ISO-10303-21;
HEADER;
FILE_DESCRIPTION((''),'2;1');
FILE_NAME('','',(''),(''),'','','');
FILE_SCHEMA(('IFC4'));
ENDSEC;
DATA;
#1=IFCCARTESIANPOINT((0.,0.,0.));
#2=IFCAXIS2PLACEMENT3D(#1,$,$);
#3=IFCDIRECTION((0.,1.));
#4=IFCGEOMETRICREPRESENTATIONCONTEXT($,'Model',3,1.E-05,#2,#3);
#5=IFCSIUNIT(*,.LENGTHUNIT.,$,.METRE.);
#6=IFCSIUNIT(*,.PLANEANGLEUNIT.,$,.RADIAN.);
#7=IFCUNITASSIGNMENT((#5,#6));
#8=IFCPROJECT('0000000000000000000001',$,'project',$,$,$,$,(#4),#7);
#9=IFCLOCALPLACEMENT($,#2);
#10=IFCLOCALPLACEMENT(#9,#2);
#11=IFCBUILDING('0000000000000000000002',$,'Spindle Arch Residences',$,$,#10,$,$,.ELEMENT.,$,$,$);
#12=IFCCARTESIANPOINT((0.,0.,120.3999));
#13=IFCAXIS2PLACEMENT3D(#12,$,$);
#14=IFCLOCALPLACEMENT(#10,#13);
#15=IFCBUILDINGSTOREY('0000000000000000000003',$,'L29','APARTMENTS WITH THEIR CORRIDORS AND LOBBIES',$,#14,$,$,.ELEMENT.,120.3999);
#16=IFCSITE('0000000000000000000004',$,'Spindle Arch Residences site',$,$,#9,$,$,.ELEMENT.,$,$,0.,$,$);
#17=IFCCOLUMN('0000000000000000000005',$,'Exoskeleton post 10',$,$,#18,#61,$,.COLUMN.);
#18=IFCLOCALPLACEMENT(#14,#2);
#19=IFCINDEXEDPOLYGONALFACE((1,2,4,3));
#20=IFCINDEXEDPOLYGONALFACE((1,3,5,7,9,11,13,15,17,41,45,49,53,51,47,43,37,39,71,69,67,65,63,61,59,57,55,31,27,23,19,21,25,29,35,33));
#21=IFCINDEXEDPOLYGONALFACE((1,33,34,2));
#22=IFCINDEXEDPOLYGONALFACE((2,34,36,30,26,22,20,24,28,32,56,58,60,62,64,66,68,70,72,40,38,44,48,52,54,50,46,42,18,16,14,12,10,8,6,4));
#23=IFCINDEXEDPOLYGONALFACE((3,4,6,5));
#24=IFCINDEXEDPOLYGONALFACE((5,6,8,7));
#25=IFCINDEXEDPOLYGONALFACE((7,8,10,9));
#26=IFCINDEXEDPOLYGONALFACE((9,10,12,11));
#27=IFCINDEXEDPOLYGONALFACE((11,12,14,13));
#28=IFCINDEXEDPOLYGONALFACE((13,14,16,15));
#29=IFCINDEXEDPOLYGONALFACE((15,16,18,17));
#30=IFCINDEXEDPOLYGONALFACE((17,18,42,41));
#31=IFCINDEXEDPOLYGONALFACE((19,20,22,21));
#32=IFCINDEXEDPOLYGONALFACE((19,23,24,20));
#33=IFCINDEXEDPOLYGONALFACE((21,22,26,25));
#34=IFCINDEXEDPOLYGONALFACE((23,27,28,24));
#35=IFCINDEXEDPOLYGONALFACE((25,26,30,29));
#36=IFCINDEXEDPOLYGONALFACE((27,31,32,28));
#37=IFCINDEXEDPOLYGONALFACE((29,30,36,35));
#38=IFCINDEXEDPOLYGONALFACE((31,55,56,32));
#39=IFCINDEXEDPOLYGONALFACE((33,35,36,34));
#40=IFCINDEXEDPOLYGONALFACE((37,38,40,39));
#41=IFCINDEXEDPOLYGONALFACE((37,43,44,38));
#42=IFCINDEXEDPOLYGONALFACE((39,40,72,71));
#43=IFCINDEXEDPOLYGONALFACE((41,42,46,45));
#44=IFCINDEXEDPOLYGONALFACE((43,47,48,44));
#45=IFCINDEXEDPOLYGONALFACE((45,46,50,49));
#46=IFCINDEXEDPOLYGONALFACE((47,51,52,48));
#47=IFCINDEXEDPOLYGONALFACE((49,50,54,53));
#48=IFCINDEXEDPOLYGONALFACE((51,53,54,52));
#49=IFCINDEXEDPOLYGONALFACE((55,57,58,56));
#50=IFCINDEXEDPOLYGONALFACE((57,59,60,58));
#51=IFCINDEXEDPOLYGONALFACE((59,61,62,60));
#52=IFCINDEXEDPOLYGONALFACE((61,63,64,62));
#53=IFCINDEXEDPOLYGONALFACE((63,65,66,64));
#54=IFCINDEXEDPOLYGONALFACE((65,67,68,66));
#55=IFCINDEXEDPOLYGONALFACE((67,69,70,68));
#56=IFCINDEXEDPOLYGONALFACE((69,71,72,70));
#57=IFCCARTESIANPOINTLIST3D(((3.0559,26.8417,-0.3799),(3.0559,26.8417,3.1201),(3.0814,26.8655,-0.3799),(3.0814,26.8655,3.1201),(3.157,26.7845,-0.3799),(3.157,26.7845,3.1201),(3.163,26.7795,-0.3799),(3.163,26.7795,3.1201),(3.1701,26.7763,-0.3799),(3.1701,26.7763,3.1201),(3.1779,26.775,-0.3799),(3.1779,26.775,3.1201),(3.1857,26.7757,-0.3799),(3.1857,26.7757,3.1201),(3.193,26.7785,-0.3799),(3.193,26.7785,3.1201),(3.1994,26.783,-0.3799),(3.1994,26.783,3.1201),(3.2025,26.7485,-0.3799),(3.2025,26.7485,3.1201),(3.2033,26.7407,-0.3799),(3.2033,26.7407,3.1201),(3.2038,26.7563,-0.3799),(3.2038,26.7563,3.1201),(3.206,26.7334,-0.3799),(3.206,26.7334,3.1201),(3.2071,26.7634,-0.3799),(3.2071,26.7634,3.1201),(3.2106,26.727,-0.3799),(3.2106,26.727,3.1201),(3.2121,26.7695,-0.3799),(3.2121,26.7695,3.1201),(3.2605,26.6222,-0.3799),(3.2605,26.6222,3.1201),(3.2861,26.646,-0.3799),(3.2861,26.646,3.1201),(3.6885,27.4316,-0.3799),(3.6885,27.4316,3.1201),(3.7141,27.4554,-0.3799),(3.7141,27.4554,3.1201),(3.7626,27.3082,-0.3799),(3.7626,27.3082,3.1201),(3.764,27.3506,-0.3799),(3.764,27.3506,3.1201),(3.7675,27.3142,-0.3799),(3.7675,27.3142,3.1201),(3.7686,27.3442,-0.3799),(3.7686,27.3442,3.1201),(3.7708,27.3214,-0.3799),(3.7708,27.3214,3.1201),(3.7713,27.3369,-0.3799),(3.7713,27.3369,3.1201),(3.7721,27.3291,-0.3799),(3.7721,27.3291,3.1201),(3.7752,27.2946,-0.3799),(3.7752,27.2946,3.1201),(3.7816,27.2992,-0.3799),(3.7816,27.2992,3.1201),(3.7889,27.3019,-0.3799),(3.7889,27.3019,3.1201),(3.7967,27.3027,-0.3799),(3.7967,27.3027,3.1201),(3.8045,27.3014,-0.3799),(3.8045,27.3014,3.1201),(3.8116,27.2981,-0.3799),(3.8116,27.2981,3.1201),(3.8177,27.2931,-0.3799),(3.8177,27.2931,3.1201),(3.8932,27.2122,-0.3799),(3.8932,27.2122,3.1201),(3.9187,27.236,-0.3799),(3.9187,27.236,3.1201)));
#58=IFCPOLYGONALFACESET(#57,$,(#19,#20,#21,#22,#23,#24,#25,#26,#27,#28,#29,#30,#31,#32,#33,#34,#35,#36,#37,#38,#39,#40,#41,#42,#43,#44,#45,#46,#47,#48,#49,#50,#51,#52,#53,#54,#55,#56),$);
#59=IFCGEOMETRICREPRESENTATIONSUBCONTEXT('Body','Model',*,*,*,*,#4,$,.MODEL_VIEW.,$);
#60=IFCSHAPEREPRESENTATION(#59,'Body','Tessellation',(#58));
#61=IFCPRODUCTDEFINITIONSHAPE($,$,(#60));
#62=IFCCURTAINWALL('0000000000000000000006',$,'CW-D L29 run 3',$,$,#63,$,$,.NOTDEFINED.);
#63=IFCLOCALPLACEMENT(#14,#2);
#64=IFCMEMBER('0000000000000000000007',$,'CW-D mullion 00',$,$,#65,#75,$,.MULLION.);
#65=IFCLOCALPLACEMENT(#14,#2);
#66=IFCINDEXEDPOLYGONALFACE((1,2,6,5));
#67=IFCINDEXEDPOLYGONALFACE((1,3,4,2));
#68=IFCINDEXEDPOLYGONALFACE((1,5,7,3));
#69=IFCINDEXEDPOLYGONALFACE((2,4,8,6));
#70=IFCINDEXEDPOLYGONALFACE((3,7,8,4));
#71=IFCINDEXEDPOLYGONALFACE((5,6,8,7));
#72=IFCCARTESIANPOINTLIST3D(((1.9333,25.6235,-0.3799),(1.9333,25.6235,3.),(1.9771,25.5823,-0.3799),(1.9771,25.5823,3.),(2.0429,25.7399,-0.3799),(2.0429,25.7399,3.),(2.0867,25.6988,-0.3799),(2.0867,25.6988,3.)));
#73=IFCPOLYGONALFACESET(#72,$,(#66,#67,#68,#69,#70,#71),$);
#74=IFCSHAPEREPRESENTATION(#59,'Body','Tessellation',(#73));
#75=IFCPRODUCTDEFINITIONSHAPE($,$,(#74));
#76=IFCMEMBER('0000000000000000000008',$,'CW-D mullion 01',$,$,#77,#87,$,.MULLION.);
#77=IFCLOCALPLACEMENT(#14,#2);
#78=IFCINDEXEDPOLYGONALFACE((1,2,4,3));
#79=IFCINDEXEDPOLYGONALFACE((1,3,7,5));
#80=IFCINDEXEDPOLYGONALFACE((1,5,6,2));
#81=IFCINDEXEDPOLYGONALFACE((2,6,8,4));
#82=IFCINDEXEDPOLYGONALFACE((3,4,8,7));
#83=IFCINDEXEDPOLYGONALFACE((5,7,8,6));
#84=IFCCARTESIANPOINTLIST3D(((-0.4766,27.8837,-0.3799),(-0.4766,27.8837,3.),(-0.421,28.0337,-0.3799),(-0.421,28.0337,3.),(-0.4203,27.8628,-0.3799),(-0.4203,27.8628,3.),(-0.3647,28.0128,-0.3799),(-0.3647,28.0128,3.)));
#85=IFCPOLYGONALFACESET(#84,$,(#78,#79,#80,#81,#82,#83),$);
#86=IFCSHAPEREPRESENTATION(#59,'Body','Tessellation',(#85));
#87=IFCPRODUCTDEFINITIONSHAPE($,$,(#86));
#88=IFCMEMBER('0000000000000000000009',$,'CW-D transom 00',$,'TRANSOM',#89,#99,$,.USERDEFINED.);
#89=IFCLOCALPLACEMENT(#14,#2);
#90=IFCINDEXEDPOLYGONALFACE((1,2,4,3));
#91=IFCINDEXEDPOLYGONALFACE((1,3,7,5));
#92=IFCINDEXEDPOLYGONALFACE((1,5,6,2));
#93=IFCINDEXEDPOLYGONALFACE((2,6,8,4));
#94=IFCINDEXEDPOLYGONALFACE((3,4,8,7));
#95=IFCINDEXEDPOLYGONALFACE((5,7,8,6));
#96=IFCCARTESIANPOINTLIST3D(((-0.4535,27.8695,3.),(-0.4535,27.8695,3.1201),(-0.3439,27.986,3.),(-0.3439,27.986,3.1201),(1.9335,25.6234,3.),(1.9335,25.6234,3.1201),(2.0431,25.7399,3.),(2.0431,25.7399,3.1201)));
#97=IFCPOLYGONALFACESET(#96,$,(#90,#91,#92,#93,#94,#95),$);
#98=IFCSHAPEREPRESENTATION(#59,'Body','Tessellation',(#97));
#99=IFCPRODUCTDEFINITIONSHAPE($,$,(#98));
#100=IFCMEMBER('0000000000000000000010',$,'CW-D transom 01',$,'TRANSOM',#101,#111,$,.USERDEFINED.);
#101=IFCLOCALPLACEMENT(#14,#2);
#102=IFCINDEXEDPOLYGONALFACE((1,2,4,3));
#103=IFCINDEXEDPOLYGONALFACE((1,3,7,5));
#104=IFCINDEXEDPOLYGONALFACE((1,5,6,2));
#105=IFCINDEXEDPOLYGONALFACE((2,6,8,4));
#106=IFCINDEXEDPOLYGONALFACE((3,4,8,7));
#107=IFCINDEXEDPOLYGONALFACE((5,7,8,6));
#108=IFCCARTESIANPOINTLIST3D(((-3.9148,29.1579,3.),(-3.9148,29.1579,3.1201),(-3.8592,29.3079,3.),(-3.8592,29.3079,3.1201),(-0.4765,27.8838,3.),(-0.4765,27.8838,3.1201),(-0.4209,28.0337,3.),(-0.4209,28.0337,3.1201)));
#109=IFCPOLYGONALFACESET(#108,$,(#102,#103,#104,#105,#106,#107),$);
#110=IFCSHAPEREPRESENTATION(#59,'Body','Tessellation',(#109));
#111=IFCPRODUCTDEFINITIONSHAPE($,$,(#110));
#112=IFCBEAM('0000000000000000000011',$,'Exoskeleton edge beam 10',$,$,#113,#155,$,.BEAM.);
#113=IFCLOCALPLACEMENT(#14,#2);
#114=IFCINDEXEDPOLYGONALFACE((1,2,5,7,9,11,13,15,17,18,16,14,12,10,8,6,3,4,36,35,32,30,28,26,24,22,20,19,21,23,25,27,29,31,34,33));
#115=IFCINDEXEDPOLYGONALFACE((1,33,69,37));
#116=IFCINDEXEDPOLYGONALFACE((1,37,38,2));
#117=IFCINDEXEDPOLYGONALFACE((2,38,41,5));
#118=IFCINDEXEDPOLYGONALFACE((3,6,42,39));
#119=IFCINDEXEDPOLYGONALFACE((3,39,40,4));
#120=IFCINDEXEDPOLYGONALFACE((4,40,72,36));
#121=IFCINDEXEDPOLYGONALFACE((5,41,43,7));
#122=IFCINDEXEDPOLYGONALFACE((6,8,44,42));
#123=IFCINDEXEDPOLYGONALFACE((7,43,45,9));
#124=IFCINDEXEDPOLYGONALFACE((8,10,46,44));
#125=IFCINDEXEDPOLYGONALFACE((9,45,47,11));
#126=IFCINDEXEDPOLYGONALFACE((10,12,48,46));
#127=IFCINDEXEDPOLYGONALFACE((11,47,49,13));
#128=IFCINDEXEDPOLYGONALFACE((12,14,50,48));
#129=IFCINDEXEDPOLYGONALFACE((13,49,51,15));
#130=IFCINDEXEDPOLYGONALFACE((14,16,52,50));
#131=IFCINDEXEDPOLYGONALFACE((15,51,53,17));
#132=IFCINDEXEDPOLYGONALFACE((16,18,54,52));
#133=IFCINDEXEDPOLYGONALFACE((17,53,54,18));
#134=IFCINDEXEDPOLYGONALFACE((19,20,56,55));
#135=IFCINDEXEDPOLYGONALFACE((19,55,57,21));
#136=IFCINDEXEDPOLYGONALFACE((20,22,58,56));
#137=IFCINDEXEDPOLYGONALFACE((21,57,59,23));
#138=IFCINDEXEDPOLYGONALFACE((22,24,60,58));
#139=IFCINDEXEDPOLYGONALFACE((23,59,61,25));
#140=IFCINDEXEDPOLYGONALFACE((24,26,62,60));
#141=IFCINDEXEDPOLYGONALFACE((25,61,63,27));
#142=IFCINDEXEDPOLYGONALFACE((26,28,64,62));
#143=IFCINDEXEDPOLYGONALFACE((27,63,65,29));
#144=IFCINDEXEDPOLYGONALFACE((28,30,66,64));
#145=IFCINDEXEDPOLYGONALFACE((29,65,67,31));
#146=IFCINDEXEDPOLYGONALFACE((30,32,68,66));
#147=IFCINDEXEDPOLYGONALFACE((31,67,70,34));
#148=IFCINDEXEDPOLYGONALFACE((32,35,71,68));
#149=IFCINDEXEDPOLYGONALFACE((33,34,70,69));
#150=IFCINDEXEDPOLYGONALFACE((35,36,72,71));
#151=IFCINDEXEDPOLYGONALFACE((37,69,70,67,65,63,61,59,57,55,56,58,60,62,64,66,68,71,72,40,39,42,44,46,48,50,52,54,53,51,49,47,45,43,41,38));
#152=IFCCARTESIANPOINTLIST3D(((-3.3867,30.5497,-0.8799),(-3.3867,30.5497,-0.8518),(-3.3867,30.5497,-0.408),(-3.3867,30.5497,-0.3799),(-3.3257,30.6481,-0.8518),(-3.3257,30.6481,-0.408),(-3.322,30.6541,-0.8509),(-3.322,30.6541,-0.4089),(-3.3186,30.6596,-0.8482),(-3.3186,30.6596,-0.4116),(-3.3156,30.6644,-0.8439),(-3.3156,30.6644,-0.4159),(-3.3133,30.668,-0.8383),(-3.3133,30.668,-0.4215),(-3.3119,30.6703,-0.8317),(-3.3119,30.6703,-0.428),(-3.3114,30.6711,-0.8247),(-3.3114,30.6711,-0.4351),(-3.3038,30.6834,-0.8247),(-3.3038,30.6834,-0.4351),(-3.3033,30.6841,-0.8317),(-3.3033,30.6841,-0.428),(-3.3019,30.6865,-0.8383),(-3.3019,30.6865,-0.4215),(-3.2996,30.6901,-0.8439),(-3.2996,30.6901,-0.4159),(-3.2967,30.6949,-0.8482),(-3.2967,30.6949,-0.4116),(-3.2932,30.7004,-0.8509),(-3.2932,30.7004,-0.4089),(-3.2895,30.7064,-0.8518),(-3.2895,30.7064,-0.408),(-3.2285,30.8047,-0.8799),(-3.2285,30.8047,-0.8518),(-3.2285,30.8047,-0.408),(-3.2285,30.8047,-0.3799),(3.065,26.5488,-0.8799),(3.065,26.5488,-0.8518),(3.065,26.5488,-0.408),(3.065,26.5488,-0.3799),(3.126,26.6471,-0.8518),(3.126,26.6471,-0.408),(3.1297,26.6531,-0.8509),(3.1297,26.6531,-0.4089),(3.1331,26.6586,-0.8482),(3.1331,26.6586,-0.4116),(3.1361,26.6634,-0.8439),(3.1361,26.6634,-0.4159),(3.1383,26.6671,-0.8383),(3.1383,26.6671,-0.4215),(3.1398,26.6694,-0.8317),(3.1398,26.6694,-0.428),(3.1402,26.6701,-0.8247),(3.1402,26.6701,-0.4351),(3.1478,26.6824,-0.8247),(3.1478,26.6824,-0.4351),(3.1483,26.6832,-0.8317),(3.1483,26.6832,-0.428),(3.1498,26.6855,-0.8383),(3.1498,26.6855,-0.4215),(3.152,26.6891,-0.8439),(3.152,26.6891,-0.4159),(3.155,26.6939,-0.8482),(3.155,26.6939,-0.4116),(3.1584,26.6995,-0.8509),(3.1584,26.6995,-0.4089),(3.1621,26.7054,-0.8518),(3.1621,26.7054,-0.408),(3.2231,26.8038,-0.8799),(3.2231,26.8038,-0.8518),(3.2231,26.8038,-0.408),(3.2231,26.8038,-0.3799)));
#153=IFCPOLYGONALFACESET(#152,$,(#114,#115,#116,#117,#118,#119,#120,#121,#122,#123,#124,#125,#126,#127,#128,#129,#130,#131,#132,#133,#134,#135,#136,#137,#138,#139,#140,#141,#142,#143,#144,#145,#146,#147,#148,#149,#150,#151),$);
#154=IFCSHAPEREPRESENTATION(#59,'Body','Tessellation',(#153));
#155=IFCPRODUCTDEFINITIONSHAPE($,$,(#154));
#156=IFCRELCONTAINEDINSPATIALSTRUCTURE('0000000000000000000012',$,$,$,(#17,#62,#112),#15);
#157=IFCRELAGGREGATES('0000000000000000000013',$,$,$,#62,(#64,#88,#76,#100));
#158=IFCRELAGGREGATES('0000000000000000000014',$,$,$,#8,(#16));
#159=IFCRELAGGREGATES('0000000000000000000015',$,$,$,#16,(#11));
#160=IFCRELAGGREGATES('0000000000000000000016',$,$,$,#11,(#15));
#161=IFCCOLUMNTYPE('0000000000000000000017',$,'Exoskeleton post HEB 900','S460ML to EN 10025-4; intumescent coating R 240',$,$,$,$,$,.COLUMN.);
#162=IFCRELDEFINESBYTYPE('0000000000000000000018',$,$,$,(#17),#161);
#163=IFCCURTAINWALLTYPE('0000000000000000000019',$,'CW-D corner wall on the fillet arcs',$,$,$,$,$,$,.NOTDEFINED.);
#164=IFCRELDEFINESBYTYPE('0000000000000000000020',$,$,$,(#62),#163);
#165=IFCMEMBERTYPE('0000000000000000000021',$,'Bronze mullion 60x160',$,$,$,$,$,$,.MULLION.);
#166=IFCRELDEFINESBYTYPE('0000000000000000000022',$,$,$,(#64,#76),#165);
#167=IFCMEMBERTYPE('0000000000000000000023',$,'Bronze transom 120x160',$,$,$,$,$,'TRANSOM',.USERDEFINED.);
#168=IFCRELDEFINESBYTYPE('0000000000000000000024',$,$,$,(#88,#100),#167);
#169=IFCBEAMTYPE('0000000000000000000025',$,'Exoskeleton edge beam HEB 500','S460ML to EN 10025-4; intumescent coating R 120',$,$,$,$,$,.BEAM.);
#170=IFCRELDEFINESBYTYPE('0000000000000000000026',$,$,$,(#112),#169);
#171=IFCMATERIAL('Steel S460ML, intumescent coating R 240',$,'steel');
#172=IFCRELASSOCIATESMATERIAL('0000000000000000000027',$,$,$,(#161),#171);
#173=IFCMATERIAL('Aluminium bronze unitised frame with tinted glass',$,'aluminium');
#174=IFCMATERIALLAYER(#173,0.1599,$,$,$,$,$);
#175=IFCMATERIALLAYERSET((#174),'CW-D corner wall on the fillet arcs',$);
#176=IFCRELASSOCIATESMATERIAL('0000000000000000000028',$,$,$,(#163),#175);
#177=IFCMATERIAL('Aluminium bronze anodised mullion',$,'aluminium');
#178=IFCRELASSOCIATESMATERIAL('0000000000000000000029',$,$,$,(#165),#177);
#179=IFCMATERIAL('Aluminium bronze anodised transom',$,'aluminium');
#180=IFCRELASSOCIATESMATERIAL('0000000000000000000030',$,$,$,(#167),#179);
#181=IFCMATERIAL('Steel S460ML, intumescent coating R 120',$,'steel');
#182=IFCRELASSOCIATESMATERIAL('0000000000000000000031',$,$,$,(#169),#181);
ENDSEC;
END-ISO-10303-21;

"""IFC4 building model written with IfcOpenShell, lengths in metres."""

from ifc_helpers import new_model, si_unit, direction, frame, origin, origin_2d, place, context, subcontext, project, spatial, rectangle, i_section, extrude, material, layer, layer_set, material_profile, profile_set, type_object, element, aggregate, save


model = new_model("IFC4")

# Units and contexts
model_context = context("Model", 3, precision=1e-05, world=origin(), true_north=direction((0.0, 1.0)))
body_context = subcontext(model_context, "Body", "Model", "MODEL_VIEW")
ifc_project = project(units=[si_unit("LENGTHUNIT", "METRE"), si_unit("PLANEANGLEUNIT", "RADIAN")], contexts=[model_context])

# Site, building, storey
site_placement = place(None, origin())
site = spatial("IfcSite", under=ifc_project, at=site_placement, Name="Spindle Arch Residences site", CompositionType="ELEMENT", RefElevation=0.0)
building_placement = place(site_placement, origin())
building = spatial("IfcBuilding", under=site, at=building_placement, Name="Spindle Arch Residences", CompositionType="ELEMENT")
storey_placement = place(building_placement, frame((0.0, 0.0, 120.3999)))
storey = spatial("IfcBuildingStorey", under=building, at=storey_placement, Name="L29", Description="APARTMENTS WITH THEIR CORRIDORS AND LOBBIES", CompositionType="ELEMENT", Elevation=120.3999)

# Column
ifc_material_1 = material(Name="Steel S460ML, intumescent coating R 240", Category="steel")
ifc_material_profile_1 = material_profile(ifc_material_1, i_section(OverallWidth=0.3, OverallDepth=0.8999, WebThickness=0.0186, FlangeThickness=0.0349, FilletRadius=0.03, at=origin_2d()), Name="HEB 900")
ifc_profile_set_1 = profile_set([ifc_material_profile_1], Name="Steel S460ML, intumescent coating R 240")
column_type = type_object("IfcColumnType", Name="Exoskeleton post HEB 900", Description="S460ML to EN 10025-4; intumescent coating R 240", PredefinedType="COLUMN", material=ifc_profile_set_1)
column_placement = place(storey_placement, frame((3.4873, 27.0388, -0.3799), z_axis=(0.0, 0.0, 1.0), x_axis=(0.681998, -0.731354, 0.0)))
element("IfcColumn", 1, at=column_placement, inside=storey, type_object=column_type, Name="Exoskeleton post 10", PredefinedType="COLUMN", context=body_context, shape_type="SweptSolid", body=[
    extrude(i_section(OverallWidth=0.3, OverallDepth=0.8999, WebThickness=0.0186, FlangeThickness=0.0349, FilletRadius=0.03, at=origin_2d()), origin(), (0.0, 0.0, 1.0), 3.5),
])

# Curtain wall, members
ifc_material_2 = material(Name="Aluminium bronze unitised frame with tinted glass", Category="aluminium")
ifc_layer_1 = layer(ifc_material_2, 0.1599)
ifc_layer_set_1 = layer_set([ifc_layer_1], Name="CW-D corner wall on the fillet arcs")
curtain_wall_type_1 = type_object("IfcCurtainWallType", Name="CW-D corner wall on the fillet arcs", PredefinedType="NOTDEFINED", material=ifc_layer_set_1)
curtain_wall_1_placement = place(storey_placement, origin())
curtain_wall_1 = element("IfcCurtainWall", 2, at=curtain_wall_1_placement, inside=storey, type_object=curtain_wall_type_1, Name="CW-D L29 run 3", PredefinedType="NOTDEFINED")
ifc_material_3 = material(Name="Aluminium bronze anodised mullion", Category="aluminium")
ifc_material_profile_2 = material_profile(ifc_material_3, rectangle(XDim=0.1599, YDim=0.0601, at=origin_2d()), Name="MU 60x160")
ifc_profile_set_2 = profile_set([ifc_material_profile_2], Name="Aluminium bronze anodised mullion")
member_type_1 = type_object("IfcMemberType", Name="Bronze mullion 60x160", PredefinedType="MULLION", material=ifc_profile_set_2)
member_1_placement = place(storey_placement, frame((2.01, 25.6611, -0.3799), z_axis=(0.0, 0.0, 1.0), x_axis=(-0.68529, -0.72827, 0.0)))
member_1 = element("IfcMember", 3, at=member_1_placement, type_object=member_type_1, Name="CW-D mullion 00", PredefinedType="MULLION", context=body_context, shape_type="SweptSolid", body=[
    extrude(rectangle(XDim=0.1599, YDim=0.0601, at=origin_2d()), origin(), (0.0, 0.0, 1.0), 3.3799),
])
member_2_placement = place(storey_placement, frame((-0.4207, 27.9482, -0.3799), z_axis=(0.0, 0.0, 1.0), x_axis=(-0.347481, -0.937687, 0.0)))
member_2 = element("IfcMember", 4, at=member_2_placement, type_object=member_type_1, Name="CW-D mullion 01", PredefinedType="MULLION", context=body_context, shape_type="SweptSolid", body=[
    extrude(rectangle(XDim=0.1599, YDim=0.0601, at=origin_2d()), origin(), (0.0, 0.0, 1.0), 3.3799),
])
ifc_material_4 = material(Name="Aluminium bronze anodised transom", Category="aluminium")
ifc_material_profile_3 = material_profile(ifc_material_4, rectangle(XDim=0.1599, YDim=0.1201, at=origin_2d()), Name="TR 120x160")
ifc_profile_set_3 = profile_set([ifc_material_profile_3], Name="Aluminium bronze anodised transom")
member_type_2 = type_object("IfcMemberType", Name="Bronze transom 120x160", ElementType="TRANSOM", PredefinedType="USERDEFINED", material=ifc_profile_set_3)
member_3_placement = place(storey_placement, frame((1.9883, 25.6816, 3.0601), z_axis=(-0.72827, 0.68529, 0.0), x_axis=(-0.68529, -0.72827, 0.0)))
member_3 = element("IfcMember", 5, at=member_3_placement, type_object=member_type_2, Name="CW-D transom 00", ObjectType="TRANSOM", PredefinedType="USERDEFINED", context=body_context, shape_type="SweptSolid", body=[
    extrude(rectangle(XDim=0.1599, YDim=0.1201, at=origin_2d()), origin(), (0.0, 0.0, 1.0), 3.2776),
])
member_4_placement = place(storey_placement, frame((-0.4487, 27.9587, 3.0601), z_axis=(-0.937682, 0.347494, 0.0), x_axis=(-0.347494, -0.937682, 0.0)))
member_4 = element("IfcMember", 6, at=member_4_placement, type_object=member_type_2, Name="CW-D transom 01", ObjectType="TRANSOM", PredefinedType="USERDEFINED", context=body_context, shape_type="SweptSolid", body=[
    extrude(rectangle(XDim=0.1599, YDim=0.1201, at=origin_2d()), origin(), (0.0, 0.0, 1.0), 3.6667),
])

# Beam
ifc_material_5 = material(Name="Steel S460ML, intumescent coating R 120", Category="steel")
ifc_material_profile_4 = material_profile(ifc_material_5, i_section(OverallWidth=0.3, OverallDepth=0.5, WebThickness=0.0144, FlangeThickness=0.0281, FilletRadius=0.0271, at=origin_2d()), Name="HEB 500")
ifc_profile_set_4 = profile_set([ifc_material_profile_4], Name="Steel S460ML, intumescent coating R 120")
beam_type_1 = type_object("IfcBeamType", Name="Exoskeleton edge beam HEB 500", Description="S460ML to EN 10025-4; intumescent coating R 120", PredefinedType="BEAM", material=ifc_profile_set_4)
beam_1_placement = place(storey_placement, frame((3.144, 26.6763, -0.6299), z_axis=(-0.849847, 0.52703, 0.0), x_axis=(-0.52703, -0.849847, 0.0)))
element("IfcBeam", 7, at=beam_1_placement, inside=storey, type_object=beam_type_1, Name="Exoskeleton edge beam 10", PredefinedType="BEAM", context=body_context, shape_type="SweptSolid", body=[
    extrude(i_section(OverallWidth=0.3, OverallDepth=0.5, WebThickness=0.0144, FlangeThickness=0.0281, FilletRadius=0.0271, at=origin_2d()), origin(), (0.0, 0.0, 1.0), 7.5916),
])

aggregate(curtain_wall_1, [member_1, member_3, member_2, member_4])

save(model, "model.ifc")
